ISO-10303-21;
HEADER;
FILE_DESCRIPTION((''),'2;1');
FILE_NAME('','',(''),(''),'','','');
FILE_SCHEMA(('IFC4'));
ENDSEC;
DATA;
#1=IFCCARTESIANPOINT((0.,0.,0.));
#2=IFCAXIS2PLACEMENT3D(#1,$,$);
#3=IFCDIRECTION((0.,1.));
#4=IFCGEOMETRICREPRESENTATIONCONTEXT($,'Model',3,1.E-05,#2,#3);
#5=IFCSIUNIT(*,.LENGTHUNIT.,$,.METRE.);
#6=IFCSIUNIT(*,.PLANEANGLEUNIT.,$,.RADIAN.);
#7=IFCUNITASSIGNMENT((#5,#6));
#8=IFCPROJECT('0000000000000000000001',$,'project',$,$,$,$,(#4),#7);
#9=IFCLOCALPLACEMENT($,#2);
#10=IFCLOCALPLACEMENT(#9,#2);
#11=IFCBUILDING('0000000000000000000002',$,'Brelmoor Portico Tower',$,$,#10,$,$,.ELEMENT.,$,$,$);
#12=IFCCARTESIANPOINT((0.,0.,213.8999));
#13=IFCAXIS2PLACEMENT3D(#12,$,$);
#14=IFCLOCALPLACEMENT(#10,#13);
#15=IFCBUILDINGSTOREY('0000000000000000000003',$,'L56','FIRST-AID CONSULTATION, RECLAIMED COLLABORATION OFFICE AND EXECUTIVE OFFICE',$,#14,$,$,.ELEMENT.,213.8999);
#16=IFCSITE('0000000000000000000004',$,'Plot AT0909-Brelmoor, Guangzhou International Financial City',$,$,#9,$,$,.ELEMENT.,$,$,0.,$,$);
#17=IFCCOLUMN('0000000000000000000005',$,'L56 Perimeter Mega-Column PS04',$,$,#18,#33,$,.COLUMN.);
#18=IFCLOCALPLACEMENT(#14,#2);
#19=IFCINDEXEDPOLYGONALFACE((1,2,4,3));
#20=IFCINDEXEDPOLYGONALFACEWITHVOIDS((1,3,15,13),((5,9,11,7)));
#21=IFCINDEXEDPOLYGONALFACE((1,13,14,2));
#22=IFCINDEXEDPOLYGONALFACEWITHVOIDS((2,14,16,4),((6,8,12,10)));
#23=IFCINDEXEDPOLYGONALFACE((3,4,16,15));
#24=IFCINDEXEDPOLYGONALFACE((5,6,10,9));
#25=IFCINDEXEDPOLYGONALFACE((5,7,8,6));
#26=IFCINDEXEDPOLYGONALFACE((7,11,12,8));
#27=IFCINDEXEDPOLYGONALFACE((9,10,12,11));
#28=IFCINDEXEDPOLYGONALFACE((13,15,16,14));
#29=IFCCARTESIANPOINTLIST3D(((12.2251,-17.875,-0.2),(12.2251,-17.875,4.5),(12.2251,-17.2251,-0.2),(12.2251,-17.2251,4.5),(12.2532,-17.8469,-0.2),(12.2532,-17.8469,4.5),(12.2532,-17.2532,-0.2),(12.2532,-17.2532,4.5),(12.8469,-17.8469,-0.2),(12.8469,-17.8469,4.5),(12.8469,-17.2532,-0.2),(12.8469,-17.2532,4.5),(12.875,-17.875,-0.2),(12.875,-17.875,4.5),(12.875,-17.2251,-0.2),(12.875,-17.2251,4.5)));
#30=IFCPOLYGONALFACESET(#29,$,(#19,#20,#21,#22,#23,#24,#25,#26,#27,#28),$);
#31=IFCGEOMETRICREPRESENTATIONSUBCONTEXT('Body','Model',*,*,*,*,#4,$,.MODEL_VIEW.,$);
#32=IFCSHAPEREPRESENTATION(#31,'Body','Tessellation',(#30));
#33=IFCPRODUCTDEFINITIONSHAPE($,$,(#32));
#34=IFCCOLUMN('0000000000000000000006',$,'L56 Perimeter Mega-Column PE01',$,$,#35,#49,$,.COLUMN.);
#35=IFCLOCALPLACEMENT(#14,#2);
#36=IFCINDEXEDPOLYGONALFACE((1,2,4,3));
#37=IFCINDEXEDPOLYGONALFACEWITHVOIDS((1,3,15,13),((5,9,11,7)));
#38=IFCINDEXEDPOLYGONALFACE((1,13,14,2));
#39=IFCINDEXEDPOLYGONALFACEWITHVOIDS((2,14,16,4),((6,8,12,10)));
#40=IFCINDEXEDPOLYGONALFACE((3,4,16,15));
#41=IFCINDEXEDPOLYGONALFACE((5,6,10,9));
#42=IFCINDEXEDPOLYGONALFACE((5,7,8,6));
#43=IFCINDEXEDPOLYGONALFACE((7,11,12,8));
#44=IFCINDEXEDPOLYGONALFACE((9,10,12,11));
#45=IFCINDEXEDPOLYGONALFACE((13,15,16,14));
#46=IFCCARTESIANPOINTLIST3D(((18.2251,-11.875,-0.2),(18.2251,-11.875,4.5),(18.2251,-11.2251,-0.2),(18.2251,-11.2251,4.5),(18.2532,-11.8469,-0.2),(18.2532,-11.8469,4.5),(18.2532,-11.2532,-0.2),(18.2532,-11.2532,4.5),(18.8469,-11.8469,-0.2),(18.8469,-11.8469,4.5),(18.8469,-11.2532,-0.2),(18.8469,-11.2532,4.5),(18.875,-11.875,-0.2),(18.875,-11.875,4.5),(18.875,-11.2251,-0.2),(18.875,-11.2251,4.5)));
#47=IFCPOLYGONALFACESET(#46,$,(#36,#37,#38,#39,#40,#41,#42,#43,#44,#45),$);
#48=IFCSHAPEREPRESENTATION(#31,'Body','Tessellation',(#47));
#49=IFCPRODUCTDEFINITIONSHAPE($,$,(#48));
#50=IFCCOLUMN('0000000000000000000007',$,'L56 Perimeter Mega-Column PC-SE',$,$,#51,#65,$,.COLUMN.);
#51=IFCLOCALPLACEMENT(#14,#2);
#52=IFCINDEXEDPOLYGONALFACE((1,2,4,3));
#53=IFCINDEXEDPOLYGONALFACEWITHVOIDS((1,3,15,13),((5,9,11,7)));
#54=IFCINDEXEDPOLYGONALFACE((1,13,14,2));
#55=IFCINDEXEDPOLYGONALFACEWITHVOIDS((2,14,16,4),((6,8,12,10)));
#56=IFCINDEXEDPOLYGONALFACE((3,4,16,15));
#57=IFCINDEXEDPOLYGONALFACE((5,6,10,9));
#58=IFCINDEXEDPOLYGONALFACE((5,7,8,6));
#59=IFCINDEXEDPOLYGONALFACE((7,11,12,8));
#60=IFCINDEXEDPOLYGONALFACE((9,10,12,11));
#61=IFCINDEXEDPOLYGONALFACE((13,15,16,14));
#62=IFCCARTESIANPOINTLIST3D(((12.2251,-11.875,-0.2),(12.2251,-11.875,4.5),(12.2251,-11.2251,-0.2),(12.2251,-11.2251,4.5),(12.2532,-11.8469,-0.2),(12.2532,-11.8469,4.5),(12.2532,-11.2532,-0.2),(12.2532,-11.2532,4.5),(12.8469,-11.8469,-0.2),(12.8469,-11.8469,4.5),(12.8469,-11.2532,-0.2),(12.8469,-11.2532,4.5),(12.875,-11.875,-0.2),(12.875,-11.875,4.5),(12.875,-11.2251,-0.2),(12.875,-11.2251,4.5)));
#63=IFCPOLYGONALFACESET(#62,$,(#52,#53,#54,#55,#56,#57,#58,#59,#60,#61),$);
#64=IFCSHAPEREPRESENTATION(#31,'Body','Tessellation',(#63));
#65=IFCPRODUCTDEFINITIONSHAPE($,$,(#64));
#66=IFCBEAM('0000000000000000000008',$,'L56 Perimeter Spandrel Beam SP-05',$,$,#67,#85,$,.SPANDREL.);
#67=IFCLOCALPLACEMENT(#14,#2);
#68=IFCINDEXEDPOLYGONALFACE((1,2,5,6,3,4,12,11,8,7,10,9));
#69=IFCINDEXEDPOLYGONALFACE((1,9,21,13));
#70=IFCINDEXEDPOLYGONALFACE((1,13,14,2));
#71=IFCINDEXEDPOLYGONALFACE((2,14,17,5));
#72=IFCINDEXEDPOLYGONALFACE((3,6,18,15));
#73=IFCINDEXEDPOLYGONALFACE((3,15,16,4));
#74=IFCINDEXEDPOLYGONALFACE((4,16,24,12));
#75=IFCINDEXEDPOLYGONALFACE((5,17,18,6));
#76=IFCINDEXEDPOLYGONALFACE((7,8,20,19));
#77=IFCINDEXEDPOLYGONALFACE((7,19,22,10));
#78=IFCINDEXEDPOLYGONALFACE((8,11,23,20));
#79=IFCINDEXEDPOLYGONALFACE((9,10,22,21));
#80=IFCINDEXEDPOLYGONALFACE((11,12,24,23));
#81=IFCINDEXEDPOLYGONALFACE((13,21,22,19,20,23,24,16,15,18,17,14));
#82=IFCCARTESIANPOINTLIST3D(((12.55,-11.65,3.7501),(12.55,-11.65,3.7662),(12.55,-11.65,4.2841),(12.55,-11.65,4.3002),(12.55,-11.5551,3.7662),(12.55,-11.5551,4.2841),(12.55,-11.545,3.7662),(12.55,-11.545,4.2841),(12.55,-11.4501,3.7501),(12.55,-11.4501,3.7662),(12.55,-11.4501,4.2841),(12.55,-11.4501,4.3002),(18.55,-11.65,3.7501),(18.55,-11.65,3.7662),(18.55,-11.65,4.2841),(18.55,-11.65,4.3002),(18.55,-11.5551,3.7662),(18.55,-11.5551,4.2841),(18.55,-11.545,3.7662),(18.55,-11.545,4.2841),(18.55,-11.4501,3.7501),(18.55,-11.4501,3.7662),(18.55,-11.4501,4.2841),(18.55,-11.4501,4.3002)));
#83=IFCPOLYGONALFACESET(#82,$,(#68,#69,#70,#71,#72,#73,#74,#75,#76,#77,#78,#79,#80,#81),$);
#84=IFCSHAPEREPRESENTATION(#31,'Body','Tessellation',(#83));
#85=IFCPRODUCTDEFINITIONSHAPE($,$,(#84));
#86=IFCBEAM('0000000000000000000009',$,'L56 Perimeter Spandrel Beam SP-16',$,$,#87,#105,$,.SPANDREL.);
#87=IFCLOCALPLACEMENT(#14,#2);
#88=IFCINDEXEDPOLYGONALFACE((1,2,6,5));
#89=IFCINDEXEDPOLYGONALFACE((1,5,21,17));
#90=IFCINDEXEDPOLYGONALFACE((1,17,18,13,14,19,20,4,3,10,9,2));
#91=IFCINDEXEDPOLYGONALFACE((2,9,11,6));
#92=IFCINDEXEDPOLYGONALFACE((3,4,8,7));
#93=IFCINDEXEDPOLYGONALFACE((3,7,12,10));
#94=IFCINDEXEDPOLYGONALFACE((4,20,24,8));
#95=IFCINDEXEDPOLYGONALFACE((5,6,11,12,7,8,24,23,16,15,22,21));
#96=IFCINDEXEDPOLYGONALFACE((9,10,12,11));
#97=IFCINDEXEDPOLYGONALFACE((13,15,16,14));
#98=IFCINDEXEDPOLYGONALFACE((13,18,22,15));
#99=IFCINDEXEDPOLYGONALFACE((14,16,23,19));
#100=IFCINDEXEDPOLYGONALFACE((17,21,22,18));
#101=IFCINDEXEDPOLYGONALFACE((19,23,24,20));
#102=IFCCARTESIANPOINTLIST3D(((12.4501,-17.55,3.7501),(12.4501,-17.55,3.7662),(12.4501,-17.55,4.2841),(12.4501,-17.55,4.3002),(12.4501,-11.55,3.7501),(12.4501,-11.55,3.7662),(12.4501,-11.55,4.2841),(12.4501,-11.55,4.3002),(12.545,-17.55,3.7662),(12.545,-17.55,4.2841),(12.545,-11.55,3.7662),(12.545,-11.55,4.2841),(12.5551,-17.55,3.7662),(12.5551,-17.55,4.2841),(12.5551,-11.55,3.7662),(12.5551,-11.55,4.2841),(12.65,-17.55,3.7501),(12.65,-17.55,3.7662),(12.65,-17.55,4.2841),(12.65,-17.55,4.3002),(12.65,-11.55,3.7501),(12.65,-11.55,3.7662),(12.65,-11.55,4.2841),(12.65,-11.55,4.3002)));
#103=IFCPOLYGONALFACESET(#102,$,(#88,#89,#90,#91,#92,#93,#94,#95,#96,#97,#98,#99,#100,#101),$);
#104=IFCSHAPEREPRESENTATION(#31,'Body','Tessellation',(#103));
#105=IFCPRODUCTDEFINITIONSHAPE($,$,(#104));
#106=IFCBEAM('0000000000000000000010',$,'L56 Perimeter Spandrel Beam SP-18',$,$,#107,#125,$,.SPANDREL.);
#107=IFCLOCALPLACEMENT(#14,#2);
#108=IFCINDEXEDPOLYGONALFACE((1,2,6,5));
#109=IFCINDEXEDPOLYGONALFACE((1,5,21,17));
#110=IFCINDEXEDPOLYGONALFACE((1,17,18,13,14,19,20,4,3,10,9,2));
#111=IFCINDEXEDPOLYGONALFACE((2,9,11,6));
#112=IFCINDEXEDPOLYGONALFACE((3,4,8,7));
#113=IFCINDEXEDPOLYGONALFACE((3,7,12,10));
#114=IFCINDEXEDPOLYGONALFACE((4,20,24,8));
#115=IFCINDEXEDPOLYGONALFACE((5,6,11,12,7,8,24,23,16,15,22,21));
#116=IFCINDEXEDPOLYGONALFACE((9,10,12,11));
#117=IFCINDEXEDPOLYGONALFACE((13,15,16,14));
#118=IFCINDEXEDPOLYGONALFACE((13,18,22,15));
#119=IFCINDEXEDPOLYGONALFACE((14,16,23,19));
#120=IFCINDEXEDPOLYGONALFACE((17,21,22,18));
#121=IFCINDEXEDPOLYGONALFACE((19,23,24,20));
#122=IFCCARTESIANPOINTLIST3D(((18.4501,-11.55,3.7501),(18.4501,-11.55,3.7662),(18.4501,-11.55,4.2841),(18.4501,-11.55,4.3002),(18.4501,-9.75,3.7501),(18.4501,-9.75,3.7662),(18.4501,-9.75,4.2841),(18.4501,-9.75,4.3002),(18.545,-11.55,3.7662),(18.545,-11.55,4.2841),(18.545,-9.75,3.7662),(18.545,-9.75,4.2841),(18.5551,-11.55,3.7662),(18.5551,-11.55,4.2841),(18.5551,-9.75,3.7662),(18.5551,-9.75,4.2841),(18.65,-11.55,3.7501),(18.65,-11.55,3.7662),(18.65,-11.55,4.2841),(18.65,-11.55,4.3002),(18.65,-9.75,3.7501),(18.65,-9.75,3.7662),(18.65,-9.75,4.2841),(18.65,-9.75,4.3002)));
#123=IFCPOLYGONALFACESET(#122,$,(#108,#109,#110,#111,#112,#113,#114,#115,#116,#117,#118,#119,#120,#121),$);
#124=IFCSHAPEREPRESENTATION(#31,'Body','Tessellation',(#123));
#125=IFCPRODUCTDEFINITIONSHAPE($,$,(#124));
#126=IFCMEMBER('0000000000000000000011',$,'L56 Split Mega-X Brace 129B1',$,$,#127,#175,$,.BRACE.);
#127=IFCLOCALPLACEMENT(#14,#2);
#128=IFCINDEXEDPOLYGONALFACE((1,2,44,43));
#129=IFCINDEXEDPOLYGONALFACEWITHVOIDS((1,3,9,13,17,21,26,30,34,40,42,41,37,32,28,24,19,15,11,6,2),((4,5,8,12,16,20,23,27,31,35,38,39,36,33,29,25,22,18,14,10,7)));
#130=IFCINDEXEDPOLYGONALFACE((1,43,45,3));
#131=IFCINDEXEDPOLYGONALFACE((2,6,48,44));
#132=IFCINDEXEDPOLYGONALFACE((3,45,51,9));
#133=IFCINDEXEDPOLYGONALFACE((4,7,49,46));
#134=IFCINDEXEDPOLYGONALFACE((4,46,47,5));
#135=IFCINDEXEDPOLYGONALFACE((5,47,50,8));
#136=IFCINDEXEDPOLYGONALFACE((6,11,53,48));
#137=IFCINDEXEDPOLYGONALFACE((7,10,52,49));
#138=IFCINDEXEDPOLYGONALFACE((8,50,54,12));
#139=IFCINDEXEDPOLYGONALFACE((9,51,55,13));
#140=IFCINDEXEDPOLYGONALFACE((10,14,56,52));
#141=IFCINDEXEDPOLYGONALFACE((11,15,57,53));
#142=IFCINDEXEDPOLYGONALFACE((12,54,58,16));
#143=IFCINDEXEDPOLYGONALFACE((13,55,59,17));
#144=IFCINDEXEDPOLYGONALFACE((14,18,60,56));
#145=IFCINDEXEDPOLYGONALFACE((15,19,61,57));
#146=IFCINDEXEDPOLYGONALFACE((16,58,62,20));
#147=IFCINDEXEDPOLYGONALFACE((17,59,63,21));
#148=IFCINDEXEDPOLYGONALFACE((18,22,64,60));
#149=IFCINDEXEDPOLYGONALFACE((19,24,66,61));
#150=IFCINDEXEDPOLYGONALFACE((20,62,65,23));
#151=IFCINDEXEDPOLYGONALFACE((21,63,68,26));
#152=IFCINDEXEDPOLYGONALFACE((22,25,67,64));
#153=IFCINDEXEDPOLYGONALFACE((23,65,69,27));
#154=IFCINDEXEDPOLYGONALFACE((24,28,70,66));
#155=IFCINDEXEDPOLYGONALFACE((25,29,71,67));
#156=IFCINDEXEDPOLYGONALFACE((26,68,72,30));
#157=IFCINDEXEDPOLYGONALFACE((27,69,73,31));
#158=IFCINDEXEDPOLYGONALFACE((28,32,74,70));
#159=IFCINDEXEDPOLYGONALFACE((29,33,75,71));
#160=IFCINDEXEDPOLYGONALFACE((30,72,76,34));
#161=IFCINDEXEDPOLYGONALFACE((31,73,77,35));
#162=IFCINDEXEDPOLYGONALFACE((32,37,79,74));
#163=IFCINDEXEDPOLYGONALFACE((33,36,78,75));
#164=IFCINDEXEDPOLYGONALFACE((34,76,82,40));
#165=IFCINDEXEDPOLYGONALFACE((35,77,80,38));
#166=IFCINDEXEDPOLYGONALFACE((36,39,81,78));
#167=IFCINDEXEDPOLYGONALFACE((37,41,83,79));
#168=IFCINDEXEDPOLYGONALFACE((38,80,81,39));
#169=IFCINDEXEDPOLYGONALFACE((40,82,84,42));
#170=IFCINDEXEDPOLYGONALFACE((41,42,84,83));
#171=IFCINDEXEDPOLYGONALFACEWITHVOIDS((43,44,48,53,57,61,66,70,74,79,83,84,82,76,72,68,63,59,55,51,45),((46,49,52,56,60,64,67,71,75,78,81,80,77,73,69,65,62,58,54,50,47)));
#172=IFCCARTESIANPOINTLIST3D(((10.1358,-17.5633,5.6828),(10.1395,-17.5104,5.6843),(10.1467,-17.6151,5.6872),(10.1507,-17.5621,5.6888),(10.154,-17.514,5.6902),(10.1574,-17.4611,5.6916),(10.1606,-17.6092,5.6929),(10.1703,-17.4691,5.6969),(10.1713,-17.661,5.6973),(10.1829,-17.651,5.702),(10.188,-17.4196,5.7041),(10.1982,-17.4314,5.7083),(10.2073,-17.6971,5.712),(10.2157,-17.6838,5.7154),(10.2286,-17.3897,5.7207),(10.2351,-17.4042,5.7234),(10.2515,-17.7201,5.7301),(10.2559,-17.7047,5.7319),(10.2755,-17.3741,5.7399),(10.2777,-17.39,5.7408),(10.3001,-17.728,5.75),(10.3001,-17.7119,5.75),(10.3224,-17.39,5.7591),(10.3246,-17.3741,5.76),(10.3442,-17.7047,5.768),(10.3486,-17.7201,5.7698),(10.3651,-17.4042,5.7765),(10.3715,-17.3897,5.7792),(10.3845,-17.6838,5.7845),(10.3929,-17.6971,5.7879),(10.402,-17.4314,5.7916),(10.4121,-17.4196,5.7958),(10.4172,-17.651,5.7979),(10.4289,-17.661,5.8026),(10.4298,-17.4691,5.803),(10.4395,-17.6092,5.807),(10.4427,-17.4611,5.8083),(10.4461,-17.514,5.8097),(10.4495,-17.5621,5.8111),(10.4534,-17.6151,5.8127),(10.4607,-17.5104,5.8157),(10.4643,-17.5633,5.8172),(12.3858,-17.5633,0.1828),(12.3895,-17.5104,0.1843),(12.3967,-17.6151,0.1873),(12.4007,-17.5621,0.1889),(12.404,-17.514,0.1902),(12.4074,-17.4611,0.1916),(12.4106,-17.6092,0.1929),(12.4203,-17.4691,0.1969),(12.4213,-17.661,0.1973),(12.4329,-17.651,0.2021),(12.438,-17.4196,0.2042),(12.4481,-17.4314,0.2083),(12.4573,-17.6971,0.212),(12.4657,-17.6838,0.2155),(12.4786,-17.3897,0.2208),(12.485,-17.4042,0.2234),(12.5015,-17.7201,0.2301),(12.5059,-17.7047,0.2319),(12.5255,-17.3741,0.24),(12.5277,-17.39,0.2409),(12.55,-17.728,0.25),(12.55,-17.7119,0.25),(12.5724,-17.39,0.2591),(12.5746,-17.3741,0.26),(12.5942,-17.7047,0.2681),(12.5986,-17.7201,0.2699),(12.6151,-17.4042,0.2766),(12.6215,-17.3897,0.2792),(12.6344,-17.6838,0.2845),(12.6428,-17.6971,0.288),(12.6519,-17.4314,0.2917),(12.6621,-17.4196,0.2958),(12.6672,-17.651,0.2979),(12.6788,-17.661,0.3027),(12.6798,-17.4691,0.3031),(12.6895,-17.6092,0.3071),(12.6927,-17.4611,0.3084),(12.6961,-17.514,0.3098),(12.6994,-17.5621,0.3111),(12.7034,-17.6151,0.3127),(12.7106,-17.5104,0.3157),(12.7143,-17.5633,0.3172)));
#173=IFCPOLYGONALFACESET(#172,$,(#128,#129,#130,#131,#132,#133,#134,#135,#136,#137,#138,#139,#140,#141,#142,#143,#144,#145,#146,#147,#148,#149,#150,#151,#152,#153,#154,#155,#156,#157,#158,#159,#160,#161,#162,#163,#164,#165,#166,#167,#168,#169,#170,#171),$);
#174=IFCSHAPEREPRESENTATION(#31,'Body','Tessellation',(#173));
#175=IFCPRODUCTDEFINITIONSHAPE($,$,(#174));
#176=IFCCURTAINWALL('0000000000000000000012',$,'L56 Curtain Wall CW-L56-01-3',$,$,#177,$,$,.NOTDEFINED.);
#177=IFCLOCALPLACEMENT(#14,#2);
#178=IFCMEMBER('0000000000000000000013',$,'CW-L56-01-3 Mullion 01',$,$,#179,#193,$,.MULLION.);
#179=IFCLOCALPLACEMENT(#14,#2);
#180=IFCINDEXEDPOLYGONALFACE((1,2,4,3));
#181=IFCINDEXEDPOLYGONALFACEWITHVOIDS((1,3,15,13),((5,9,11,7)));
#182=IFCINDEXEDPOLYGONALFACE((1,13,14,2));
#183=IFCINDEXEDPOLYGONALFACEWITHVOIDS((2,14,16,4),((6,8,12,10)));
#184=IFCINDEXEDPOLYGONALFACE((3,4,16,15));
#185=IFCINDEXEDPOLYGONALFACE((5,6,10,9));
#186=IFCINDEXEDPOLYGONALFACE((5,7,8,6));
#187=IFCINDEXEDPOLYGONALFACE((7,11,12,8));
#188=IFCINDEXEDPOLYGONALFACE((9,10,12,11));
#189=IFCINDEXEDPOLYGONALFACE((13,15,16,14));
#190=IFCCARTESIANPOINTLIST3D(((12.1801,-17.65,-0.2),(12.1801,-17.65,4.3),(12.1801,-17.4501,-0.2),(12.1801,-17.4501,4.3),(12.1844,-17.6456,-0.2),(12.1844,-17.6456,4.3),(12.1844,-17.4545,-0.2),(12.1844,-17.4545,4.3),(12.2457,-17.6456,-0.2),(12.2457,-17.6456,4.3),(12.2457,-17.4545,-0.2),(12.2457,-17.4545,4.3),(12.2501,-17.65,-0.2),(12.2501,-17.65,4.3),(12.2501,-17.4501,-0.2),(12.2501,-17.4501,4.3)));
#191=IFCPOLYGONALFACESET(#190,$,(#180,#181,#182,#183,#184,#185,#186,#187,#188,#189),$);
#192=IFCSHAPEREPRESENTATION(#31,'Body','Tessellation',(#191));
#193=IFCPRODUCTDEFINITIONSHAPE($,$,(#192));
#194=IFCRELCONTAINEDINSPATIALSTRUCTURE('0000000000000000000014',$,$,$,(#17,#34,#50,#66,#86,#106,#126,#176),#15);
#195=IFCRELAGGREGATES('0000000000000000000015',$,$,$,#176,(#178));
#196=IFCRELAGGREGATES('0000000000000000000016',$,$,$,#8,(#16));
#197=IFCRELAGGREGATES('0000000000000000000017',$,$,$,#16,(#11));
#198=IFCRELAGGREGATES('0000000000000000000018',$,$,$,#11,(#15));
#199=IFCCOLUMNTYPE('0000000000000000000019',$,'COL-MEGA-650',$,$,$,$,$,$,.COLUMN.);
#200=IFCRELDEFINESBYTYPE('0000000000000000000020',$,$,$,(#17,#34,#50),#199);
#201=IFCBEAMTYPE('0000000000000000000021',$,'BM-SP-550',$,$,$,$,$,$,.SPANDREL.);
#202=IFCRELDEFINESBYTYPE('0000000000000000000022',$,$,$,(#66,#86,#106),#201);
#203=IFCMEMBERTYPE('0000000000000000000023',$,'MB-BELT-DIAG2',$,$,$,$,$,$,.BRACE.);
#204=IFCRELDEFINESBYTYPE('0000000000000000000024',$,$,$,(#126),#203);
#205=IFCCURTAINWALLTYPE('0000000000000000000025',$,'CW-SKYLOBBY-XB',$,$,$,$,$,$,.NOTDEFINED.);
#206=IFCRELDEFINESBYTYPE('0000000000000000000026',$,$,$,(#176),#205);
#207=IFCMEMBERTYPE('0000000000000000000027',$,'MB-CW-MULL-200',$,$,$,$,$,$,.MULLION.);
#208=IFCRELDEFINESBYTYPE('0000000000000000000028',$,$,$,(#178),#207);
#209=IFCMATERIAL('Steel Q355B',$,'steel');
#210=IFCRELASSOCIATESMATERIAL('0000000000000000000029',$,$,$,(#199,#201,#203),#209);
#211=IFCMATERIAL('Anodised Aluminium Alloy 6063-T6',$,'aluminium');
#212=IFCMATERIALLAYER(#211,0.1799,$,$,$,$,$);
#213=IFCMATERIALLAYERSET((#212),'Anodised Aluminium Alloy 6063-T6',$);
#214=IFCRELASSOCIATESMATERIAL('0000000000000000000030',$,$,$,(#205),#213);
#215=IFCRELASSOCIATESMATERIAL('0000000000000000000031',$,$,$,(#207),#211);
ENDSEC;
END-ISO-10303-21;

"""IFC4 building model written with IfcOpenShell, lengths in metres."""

from ifc_helpers import new_model, si_unit, direction, frame, origin, origin_2d, place, context, subcontext, project, spatial, hollow_rectangle, hollow_circle, i_section, extrude, material, layer, layer_set, material_profile, profile_set, type_object, element, aggregate, save


model = new_model("IFC4")

# Units and contexts
model_context = context("Model", 3, precision=1e-05, world=origin(), true_north=direction((0.0, 1.0)))
body_context = subcontext(model_context, "Body", "Model", "MODEL_VIEW")
ifc_project = project(units=[si_unit("LENGTHUNIT", "METRE"), si_unit("PLANEANGLEUNIT", "RADIAN")], contexts=[model_context])

# Site, building, storey
site_placement = place(None, origin())
site = spatial("IfcSite", under=ifc_project, at=site_placement, Name="Plot AT0909-Brelmoor, Guangzhou International Financial City", CompositionType="ELEMENT", RefElevation=0.0)
building_placement = place(site_placement, origin())
building = spatial("IfcBuilding", under=site, at=building_placement, Name="Brelmoor Portico Tower", CompositionType="ELEMENT")
storey_placement = place(building_placement, frame((0.0, 0.0, 213.8999)))
storey = spatial("IfcBuildingStorey", under=building, at=storey_placement, Name="L56", Description="FIRST-AID CONSULTATION, RECLAIMED COLLABORATION OFFICE AND EXECUTIVE OFFICE", CompositionType="ELEMENT", Elevation=213.8999)

# Columns
ifc_material_1 = material(Name="Steel Q355B", Category="steel")
ifc_material_profile_1 = material_profile(ifc_material_1, hollow_rectangle(XDim=0.6499, YDim=0.6499, WallThickness=0.0281, at=origin_2d()), Name="BOX 650x650x28")
ifc_profile_set_1 = profile_set([ifc_material_profile_1], Name="Steel Q355B")
column_type = type_object("IfcColumnType", Name="COL-MEGA-650", PredefinedType="COLUMN", material=ifc_profile_set_1)
for number, where, z_axis, x_axis, name in (
    (1, (12.55, -17.55, -0.2), (0.0, 0.0, 1.0), (1.0, 0.0, 0.0), "L56 Perimeter Mega-Column PS04"),
    (2, (18.55, -11.55, -0.2), (0.0, 0.0, 1.0), (0.0, 1.0, 0.0), "L56 Perimeter Mega-Column PE01"),
    (3, (12.55, -11.55, -0.2), (0.0, 0.0, 1.0), (1.0, 0.0, 0.0), "L56 Perimeter Mega-Column PC-SE"),
):
    element("IfcColumn", number, at=place(storey_placement, frame(where, z_axis=z_axis, x_axis=x_axis)), inside=storey, type_object=column_type, Name=name, PredefinedType="COLUMN", context=body_context, shape_type="SweptSolid", body=[
        extrude(hollow_rectangle(XDim=0.6499, YDim=0.6499, WallThickness=0.0281, at=origin_2d()), origin(), (0.0, 0.0, 1.0), 4.7),
    ])

# Beams
ifc_material_profile_2 = material_profile(ifc_material_1, i_section(OverallWidth=0.2, OverallDepth=0.55, WebThickness=0.01, FlangeThickness=0.0161, at=origin_2d()), Name="HN 550x200x10x16")
ifc_profile_set_2 = profile_set([ifc_material_profile_2], Name="Steel Q355B")
beam_type = type_object("IfcBeamType", Name="BM-SP-550", PredefinedType="SPANDREL", material=ifc_profile_set_2)
for number, where, z_axis, x_axis, name in (
    (4, (12.55, -11.55, 4.0251), (1.0, 0.0, 0.0), (0.0, 1.0, 0.0), "L56 Perimeter Spandrel Beam SP-05"),
    (5, (12.55, -17.55, 4.0251), (0.0, 1.0, 0.0), (-1.0, 0.0, 0.0), "L56 Perimeter Spandrel Beam SP-16"),
):
    element("IfcBeam", number, at=place(storey_placement, frame(where, z_axis=z_axis, x_axis=x_axis)), inside=storey, type_object=beam_type, Name=name, PredefinedType="SPANDREL", context=body_context, shape_type="SweptSolid", body=[
        extrude(i_section(OverallWidth=0.2, OverallDepth=0.55, WebThickness=0.01, FlangeThickness=0.0161, at=origin_2d()), origin(), (0.0, 0.0, 1.0), 6.0),
    ])
beam_placement = place(storey_placement, frame((18.55, -11.55, 4.0251), z_axis=(0.0, 1.0, 0.0), x_axis=(-1.0, 0.0, 0.0)))
element("IfcBeam", 6, at=beam_placement, inside=storey, type_object=beam_type, Name="L56 Perimeter Spandrel Beam SP-18", PredefinedType="SPANDREL", context=body_context, shape_type="SweptSolid", body=[
    extrude(i_section(OverallWidth=0.2, OverallDepth=0.55, WebThickness=0.01, FlangeThickness=0.0161, at=origin_2d()), origin(), (0.0, 0.0, 1.0), 1.8),
])

# Member
ifc_material_profile_3 = material_profile(ifc_material_1, hollow_circle(Radius=0.178, WallThickness=0.0161, at=origin_2d()), Name="CHS 356x16")
ifc_profile_set_3 = profile_set([ifc_material_profile_3], Name="Steel Q355B")
member_type_1 = type_object("IfcMemberType", Name="MB-BELT-DIAG2", PredefinedType="BRACE", material=ifc_profile_set_3)
member_1_placement = place(storey_placement, frame((12.55, -17.55, 0.25), z_axis=(-0.378633, 0.0, 0.925547), x_axis=(0.0, -1.0, 0.0)))
element("IfcMember", 7, at=member_1_placement, inside=storey, type_object=member_type_1, Name="L56 Split Mega-X Brace 129B1", PredefinedType="BRACE", context=body_context, shape_type="SweptSolid", body=[
    extrude(hollow_circle(Radius=0.178, WallThickness=0.0161, at=origin_2d()), origin(), (0.0, 0.0, 1.0), 5.9424),
])

# Curtain wall, member
ifc_material_2 = material(Name="Anodised Aluminium Alloy 6063-T6", Category="aluminium")
ifc_layer_1 = layer(ifc_material_2, 0.1799)
ifc_layer_set_1 = layer_set([ifc_layer_1], Name="Anodised Aluminium Alloy 6063-T6")
curtain_wall_type_1 = type_object("IfcCurtainWallType", Name="CW-SKYLOBBY-XB", PredefinedType="NOTDEFINED", material=ifc_layer_set_1)
curtain_wall_1_placement = place(storey_placement, origin())
curtain_wall_1 = element("IfcCurtainWall", 8, at=curtain_wall_1_placement, inside=storey, type_object=curtain_wall_type_1, Name="L56 Curtain Wall CW-L56-01-3", PredefinedType="NOTDEFINED")
ifc_material_profile_4 = material_profile(ifc_material_2, hollow_rectangle(XDim=0.0701, YDim=0.2, WallThickness=0.0044, at=origin_2d()), Name="ALU MULLION 70x200")
ifc_profile_set_4 = profile_set([ifc_material_profile_4], Name="Anodised Aluminium Alloy 6063-T6")
member_type_2 = type_object("IfcMemberType", Name="MB-CW-MULL-200", PredefinedType="MULLION", material=ifc_profile_set_4)
member_2_placement = place(storey_placement, frame((12.2151, -17.55, -0.2), z_axis=(0.0, 0.0, 1.0), x_axis=(1.0, 0.0, 0.0)))
member_2 = element("IfcMember", 9, at=member_2_placement, type_object=member_type_2, Name="CW-L56-01-3 Mullion 01", PredefinedType="MULLION", context=body_context, shape_type="SweptSolid", body=[
    extrude(hollow_rectangle(XDim=0.0701, YDim=0.2, WallThickness=0.0044, at=origin_2d()), origin(), (0.0, 0.0, 1.0), 4.5),
])
aggregate(curtain_wall_1, [member_2])

save(model, "model.ifc")
